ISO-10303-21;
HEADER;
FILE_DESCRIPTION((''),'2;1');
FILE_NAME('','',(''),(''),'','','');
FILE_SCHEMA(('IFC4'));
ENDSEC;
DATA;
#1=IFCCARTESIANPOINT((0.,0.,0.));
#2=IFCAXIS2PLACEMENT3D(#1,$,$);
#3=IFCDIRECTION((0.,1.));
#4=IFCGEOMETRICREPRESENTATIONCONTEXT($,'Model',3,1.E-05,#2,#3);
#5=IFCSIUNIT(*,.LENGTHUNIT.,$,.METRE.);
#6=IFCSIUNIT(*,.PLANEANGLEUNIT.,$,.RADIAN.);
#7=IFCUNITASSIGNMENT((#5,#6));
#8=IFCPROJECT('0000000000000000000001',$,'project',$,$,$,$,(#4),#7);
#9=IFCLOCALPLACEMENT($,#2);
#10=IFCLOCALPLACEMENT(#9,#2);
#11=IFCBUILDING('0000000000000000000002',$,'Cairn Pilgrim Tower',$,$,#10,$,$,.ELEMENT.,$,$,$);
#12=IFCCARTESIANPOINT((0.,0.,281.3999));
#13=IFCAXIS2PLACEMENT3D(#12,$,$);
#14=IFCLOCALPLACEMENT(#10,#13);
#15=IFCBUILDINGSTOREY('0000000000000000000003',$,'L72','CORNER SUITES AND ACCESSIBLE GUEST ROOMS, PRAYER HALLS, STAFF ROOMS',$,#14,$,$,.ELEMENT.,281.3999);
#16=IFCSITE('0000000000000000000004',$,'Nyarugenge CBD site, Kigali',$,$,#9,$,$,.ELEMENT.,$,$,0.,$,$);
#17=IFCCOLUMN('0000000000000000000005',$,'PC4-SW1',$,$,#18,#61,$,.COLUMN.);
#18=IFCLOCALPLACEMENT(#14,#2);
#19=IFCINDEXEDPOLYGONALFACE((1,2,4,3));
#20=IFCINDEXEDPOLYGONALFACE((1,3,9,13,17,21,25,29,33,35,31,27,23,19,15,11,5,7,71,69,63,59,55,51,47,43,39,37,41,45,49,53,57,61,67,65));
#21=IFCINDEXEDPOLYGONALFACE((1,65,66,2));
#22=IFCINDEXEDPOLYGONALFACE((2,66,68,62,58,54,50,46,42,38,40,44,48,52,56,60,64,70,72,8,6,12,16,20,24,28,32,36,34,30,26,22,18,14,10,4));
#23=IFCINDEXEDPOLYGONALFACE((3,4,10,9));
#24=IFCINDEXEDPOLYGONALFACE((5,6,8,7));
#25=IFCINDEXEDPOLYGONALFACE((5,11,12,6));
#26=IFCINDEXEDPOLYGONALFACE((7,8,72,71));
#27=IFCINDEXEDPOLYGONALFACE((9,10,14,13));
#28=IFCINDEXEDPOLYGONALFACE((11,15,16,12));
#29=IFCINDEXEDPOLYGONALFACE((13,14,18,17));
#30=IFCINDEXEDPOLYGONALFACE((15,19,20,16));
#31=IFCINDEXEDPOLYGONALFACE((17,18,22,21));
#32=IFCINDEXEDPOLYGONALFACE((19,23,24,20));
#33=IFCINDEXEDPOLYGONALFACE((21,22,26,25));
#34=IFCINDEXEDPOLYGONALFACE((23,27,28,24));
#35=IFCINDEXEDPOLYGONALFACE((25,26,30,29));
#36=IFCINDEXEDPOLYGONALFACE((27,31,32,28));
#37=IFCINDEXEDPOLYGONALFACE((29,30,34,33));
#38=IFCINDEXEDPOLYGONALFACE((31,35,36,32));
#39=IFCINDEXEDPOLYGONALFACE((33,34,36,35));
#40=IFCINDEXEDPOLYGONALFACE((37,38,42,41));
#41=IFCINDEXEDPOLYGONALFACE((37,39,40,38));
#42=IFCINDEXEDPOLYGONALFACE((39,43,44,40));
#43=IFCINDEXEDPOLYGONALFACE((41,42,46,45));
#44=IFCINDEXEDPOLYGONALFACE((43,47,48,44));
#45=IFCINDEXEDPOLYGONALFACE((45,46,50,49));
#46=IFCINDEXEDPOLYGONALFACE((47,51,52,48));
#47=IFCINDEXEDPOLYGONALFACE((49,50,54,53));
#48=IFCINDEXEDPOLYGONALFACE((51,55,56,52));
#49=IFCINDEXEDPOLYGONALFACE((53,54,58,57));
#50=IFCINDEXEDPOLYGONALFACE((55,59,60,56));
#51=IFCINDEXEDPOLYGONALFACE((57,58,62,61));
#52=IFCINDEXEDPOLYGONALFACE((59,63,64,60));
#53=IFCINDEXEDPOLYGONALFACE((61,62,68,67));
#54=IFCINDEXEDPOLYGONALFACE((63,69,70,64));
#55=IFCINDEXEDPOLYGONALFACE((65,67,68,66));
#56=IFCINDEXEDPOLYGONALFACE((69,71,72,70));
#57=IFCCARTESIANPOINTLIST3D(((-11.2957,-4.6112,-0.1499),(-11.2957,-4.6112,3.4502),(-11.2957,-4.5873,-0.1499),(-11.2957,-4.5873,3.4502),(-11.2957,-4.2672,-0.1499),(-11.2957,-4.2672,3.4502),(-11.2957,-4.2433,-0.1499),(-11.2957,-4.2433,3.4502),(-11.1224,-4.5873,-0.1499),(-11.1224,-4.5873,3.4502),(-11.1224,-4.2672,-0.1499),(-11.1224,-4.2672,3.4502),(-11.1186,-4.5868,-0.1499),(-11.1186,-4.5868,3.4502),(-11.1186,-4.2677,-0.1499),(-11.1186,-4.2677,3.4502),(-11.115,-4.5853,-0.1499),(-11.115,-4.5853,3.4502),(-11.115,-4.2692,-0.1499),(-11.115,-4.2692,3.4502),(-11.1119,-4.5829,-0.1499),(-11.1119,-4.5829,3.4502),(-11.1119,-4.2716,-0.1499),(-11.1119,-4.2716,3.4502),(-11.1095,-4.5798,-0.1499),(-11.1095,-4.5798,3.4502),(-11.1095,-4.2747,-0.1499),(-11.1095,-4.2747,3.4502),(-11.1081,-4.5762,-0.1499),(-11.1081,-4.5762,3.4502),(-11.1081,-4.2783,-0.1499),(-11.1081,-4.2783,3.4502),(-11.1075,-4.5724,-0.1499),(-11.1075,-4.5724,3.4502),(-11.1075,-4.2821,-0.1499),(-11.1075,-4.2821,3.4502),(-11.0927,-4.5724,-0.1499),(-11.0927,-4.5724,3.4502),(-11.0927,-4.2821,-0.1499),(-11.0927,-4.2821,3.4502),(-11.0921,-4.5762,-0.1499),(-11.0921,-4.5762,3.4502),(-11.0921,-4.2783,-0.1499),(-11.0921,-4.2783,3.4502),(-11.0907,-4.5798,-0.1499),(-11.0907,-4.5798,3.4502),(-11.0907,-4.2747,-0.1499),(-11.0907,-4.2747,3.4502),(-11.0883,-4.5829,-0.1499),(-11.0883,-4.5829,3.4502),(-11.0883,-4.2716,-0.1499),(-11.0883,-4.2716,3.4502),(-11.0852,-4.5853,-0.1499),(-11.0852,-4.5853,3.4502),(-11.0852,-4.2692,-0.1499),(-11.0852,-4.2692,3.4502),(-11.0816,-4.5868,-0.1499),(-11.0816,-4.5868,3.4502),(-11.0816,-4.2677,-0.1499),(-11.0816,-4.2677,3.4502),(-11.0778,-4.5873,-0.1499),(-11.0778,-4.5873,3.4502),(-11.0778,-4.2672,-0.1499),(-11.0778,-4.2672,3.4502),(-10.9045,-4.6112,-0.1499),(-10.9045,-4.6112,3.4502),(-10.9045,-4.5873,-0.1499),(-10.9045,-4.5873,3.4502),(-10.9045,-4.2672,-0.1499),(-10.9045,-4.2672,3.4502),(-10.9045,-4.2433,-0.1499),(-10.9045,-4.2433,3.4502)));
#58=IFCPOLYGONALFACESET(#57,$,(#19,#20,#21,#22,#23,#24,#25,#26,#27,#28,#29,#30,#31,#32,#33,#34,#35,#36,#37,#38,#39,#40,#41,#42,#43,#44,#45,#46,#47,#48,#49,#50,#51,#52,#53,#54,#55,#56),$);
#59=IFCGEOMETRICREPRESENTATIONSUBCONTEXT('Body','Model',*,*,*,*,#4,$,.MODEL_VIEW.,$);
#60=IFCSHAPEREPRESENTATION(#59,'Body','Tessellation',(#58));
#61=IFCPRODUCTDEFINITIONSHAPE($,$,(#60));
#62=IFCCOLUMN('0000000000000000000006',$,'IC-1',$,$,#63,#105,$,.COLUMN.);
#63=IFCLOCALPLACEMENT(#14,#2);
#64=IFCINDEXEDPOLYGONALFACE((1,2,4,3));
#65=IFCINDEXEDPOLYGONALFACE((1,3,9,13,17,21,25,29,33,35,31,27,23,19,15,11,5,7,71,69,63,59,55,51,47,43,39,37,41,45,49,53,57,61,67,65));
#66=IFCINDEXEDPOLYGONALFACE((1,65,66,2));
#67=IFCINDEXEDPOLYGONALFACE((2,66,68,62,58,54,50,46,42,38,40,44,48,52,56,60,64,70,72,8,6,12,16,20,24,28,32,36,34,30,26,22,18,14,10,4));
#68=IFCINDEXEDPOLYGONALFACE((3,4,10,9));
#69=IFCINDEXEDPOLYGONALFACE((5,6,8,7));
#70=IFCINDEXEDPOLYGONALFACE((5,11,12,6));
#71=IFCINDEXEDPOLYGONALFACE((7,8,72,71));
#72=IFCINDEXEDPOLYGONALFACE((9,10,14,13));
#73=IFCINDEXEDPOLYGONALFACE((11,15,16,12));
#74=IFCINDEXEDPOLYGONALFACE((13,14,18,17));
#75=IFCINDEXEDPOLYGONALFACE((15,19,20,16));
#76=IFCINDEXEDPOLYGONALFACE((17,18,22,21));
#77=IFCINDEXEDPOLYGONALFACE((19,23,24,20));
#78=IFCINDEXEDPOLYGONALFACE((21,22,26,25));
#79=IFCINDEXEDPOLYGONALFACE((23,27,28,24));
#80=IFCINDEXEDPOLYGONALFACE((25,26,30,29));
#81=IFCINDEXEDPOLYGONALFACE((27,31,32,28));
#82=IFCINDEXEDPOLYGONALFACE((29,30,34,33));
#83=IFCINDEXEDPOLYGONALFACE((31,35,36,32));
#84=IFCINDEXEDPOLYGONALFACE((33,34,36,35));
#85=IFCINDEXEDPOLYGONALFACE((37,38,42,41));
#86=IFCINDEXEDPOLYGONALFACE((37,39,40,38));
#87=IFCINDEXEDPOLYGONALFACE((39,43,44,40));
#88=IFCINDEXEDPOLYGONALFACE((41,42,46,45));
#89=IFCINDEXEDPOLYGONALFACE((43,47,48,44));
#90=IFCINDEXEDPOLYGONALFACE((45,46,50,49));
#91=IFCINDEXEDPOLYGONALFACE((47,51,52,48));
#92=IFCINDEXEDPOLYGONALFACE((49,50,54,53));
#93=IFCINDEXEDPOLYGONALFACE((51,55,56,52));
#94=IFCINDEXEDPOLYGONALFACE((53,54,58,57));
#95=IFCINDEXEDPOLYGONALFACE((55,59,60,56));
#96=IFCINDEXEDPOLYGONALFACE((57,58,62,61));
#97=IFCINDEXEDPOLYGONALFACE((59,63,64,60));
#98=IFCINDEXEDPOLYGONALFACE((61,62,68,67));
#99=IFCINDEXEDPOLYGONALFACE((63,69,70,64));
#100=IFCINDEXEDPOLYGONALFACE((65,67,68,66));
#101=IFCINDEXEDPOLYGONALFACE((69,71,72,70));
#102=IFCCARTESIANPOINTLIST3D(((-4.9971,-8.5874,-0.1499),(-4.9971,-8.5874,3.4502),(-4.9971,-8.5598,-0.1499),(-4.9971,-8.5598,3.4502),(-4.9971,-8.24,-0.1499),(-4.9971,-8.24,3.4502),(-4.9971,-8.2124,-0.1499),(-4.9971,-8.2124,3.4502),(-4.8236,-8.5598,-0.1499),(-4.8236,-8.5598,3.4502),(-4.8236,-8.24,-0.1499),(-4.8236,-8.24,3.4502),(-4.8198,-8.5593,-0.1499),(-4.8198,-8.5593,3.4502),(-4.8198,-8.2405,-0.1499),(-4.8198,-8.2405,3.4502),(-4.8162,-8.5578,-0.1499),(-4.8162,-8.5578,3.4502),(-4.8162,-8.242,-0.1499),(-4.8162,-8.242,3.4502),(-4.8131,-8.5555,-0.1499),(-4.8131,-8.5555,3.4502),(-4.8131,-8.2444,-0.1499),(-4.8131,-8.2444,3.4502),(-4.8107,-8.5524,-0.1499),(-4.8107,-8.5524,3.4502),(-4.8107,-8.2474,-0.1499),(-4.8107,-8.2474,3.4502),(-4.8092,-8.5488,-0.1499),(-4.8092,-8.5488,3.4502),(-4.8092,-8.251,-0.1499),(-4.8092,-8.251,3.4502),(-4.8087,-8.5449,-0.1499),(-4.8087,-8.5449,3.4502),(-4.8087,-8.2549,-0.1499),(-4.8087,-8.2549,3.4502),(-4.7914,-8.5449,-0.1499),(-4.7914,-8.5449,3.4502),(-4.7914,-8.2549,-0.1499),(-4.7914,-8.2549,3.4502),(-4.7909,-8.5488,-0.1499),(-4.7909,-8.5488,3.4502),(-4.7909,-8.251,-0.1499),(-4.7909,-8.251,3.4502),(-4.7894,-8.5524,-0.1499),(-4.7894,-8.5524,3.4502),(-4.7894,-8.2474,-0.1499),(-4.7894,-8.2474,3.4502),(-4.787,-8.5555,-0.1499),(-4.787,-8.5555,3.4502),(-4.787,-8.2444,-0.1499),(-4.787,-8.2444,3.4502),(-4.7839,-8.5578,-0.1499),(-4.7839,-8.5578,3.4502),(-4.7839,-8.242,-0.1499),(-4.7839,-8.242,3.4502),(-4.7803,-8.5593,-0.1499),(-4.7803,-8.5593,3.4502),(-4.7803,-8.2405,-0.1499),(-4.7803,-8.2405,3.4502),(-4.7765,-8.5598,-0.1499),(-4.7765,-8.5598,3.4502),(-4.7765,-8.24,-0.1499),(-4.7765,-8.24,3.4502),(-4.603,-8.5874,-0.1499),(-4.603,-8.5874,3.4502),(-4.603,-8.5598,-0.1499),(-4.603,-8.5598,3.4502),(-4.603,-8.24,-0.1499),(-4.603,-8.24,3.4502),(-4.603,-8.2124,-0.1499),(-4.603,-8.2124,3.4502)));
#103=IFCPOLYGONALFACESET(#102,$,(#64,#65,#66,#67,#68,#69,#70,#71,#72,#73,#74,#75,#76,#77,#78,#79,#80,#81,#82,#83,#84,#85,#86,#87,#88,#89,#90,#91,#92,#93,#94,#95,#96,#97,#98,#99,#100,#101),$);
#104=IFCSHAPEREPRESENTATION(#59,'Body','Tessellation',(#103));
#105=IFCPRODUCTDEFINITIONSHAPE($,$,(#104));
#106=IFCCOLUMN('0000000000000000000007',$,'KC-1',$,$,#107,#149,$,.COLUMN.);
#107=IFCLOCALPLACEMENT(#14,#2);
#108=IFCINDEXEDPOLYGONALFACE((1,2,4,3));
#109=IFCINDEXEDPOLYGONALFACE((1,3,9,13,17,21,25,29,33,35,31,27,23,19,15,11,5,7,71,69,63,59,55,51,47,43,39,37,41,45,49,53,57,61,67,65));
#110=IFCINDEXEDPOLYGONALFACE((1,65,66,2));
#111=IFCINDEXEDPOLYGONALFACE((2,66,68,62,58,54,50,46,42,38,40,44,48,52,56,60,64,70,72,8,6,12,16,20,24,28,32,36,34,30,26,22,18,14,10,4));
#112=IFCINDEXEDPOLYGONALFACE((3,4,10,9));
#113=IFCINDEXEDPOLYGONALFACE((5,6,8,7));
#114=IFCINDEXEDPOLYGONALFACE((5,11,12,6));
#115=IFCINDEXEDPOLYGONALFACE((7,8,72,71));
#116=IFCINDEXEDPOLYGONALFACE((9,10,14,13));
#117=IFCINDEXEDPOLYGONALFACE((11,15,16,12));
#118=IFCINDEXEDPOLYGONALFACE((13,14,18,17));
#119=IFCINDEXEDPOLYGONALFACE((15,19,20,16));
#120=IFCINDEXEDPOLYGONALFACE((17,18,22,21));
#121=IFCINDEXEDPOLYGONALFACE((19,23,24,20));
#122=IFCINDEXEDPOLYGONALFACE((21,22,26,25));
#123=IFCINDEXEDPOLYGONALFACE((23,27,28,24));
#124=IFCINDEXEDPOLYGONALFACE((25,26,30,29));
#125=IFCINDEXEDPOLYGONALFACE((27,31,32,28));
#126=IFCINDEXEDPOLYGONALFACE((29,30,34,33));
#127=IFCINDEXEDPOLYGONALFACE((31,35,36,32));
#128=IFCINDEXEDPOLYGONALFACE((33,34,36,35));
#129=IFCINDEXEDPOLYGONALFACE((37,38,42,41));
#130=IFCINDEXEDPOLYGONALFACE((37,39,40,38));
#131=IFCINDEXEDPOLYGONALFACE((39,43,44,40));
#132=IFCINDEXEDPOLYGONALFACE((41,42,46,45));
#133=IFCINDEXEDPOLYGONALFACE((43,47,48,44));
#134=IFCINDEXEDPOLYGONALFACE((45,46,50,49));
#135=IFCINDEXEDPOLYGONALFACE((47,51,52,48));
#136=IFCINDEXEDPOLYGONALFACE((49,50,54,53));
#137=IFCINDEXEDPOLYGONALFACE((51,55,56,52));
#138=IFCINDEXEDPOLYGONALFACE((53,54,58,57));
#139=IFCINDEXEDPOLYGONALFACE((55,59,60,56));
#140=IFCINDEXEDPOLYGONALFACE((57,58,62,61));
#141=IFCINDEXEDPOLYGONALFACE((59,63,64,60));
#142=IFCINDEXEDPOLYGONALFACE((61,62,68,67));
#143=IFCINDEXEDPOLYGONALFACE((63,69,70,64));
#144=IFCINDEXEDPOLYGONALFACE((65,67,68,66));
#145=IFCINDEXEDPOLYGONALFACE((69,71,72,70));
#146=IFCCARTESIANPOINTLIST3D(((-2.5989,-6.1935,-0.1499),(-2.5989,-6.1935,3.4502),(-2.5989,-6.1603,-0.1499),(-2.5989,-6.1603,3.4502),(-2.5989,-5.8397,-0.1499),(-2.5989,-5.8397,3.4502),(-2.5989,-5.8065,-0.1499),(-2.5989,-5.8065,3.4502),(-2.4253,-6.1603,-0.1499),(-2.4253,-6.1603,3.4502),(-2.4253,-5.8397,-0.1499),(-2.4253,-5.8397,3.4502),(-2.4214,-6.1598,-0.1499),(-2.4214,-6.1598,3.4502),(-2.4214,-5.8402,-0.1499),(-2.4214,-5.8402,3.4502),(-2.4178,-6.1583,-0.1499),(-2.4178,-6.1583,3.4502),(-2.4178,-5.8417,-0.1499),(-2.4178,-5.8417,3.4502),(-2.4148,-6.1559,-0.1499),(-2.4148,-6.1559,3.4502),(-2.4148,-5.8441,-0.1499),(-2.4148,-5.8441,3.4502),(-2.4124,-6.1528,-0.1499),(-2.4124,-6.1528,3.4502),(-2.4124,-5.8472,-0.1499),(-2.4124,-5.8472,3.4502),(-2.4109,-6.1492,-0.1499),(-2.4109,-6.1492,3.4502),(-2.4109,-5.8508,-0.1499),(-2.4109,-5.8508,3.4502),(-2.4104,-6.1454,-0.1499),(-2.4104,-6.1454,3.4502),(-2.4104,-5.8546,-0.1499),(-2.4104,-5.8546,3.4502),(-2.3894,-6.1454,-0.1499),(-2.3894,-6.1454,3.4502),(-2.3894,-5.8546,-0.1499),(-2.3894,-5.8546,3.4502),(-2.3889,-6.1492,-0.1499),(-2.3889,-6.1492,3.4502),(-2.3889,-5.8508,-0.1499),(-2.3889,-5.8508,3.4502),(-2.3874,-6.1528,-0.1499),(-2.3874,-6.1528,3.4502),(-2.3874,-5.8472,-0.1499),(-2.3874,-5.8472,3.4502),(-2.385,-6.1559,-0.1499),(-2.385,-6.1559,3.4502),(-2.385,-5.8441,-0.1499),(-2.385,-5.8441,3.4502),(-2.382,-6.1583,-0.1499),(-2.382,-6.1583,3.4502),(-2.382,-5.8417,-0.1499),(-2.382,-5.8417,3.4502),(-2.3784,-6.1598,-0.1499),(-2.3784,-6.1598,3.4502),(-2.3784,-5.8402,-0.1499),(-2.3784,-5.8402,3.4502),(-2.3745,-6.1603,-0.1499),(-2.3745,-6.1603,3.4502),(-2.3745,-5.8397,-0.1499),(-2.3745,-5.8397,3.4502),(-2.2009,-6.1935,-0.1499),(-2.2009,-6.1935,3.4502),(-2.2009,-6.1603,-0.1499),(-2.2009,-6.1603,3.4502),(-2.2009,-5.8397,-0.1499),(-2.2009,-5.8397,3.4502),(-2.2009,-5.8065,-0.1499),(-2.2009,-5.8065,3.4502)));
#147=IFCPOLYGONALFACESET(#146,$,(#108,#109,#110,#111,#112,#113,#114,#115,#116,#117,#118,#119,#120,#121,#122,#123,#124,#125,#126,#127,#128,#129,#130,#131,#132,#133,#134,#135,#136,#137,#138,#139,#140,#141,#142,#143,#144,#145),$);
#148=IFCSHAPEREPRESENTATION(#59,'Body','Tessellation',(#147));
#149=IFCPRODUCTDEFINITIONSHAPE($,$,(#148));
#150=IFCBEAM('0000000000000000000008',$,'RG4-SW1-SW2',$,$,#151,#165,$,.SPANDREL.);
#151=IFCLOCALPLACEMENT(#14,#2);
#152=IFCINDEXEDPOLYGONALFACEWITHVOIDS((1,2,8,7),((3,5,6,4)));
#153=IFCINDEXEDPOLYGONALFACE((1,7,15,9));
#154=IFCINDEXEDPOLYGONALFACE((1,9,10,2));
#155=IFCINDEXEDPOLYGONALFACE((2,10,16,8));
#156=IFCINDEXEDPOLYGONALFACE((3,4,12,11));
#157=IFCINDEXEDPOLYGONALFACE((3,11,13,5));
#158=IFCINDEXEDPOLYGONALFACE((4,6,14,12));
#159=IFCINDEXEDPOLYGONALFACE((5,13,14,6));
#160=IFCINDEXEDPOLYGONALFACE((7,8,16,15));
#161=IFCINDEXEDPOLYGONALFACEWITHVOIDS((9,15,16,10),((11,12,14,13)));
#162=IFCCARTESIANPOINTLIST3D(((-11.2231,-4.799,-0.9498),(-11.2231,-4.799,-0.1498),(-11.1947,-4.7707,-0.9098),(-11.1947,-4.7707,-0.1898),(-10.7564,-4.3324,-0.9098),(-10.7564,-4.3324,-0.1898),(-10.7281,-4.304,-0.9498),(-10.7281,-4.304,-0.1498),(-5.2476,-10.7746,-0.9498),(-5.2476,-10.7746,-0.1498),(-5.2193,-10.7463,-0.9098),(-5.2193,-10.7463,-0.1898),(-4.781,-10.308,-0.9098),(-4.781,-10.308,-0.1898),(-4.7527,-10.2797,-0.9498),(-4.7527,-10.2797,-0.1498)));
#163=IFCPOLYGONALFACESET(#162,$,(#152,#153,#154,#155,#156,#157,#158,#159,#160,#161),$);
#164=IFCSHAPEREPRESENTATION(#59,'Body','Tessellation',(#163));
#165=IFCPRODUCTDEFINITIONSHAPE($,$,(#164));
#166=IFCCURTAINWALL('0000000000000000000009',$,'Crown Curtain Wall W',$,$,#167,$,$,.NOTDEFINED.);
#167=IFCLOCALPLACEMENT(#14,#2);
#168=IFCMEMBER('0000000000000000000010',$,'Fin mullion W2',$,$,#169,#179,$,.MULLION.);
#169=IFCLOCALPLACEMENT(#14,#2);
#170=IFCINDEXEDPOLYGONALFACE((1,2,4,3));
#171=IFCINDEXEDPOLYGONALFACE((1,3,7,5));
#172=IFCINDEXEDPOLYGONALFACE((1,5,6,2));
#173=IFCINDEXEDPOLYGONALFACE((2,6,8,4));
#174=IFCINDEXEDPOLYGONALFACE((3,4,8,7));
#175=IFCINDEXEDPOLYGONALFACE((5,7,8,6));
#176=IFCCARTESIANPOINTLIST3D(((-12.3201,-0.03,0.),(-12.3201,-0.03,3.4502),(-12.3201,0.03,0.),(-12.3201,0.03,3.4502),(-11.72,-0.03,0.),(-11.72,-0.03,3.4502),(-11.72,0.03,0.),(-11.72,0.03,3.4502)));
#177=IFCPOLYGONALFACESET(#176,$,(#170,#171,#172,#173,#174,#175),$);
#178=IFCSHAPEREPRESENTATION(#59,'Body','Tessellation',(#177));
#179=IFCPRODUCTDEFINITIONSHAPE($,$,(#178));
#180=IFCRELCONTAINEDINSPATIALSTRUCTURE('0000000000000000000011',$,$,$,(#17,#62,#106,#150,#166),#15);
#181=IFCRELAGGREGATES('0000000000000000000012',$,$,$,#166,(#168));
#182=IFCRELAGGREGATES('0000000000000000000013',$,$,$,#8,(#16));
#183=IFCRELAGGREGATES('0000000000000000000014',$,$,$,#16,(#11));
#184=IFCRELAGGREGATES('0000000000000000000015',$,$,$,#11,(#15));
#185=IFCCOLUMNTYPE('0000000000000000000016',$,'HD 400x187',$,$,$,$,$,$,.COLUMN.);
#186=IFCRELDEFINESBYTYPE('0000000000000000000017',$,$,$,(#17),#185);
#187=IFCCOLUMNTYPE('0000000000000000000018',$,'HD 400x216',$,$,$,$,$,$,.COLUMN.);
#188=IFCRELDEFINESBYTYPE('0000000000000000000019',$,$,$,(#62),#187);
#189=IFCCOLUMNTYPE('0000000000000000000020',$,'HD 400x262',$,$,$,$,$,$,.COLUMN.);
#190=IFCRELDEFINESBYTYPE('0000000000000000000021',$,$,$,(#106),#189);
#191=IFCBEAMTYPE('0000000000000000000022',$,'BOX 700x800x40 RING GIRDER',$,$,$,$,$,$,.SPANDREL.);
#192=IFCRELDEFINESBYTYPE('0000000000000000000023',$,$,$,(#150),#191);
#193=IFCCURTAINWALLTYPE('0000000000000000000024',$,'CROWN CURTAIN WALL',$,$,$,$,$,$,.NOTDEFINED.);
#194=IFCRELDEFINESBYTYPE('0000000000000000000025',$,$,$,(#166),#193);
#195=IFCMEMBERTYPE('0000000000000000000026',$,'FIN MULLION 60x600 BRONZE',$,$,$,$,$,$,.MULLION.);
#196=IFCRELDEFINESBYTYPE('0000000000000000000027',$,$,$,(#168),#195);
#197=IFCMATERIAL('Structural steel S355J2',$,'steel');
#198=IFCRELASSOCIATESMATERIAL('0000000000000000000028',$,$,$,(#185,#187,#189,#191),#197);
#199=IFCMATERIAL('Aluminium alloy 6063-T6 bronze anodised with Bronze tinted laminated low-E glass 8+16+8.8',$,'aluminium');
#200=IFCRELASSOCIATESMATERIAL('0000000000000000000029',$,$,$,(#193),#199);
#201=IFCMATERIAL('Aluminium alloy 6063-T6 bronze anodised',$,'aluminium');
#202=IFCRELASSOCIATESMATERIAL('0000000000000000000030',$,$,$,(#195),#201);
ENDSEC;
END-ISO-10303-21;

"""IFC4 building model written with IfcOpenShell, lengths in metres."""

from ifc_helpers import new_model, si_unit, direction, frame, origin, origin_2d, place, context, subcontext, project, spatial, rectangle, hollow_rectangle, i_section, extrude, material, material_profile, profile_set, type_object, element, aggregate, save


model = new_model("IFC4")

# Units and contexts
model_context = context("Model", 3, precision=1e-05, world=origin(), true_north=direction((0.0, 1.0)))
body_context = subcontext(model_context, "Body", "Model", "MODEL_VIEW")
ifc_project = project(units=[si_unit("LENGTHUNIT", "METRE"), si_unit("PLANEANGLEUNIT", "RADIAN")], contexts=[model_context])

# Site, building, storey
site_placement = place(None, origin())
site = spatial("IfcSite", under=ifc_project, at=site_placement, Name="Nyarugenge CBD site, Kigali", CompositionType="ELEMENT", RefElevation=0.0)
building_placement = place(site_placement, origin())
building = spatial("IfcBuilding", under=site, at=building_placement, Name="Cairn Pilgrim Tower", CompositionType="ELEMENT")
storey_placement = place(building_placement, frame((0.0, 0.0, 281.3999)))
storey = spatial("IfcBuildingStorey", under=building, at=storey_placement, Name="L72", Description="CORNER SUITES AND ACCESSIBLE GUEST ROOMS, PRAYER HALLS, STAFF ROOMS", CompositionType="ELEMENT", Elevation=281.3999)

# Columns
ifc_material_1 = material(Name="Structural steel S355J2", Category="steel")
ifc_material_profile_1 = material_profile(ifc_material_1, i_section(OverallWidth=0.3911, OverallDepth=0.3679, WebThickness=0.0149, FlangeThickness=0.0239, FilletRadius=0.0149, at=origin_2d()), Name="HD 400x187")
ifc_profile_set_1 = profile_set([ifc_material_profile_1], Name="Structural steel S355J2")
column_type_1 = type_object("IfcColumnType", Name="HD 400x187", PredefinedType="COLUMN", material=ifc_profile_set_1)
column_1_placement = place(storey_placement, frame((-11.1001, -4.4272, -0.1499), z_axis=(0.0, 0.0, 1.0), x_axis=(1.0, 0.0, 0.0)))
element("IfcColumn", 1, at=column_1_placement, inside=storey, type_object=column_type_1, Name="PC4-SW1", PredefinedType="COLUMN", context=body_context, shape_type="SweptSolid", body=[
    extrude(i_section(OverallWidth=0.3911, OverallDepth=0.3679, WebThickness=0.0149, FlangeThickness=0.0239, FilletRadius=0.0149, at=origin_2d()), origin(), (0.0, 0.0, 1.0), 3.6001),
])
ifc_material_profile_2 = material_profile(ifc_material_1, i_section(OverallWidth=0.394, OverallDepth=0.375, WebThickness=0.0173, FlangeThickness=0.0276, FilletRadius=0.0149, at=origin_2d()), Name="HD 400x216")
ifc_profile_set_2 = profile_set([ifc_material_profile_2], Name="Structural steel S355J2")
column_type_2 = type_object("IfcColumnType", Name="HD 400x216", PredefinedType="COLUMN", material=ifc_profile_set_2)
column_2_placement = place(storey_placement, frame((-4.8, -8.3999, -0.1499), z_axis=(0.0, 0.0, 1.0), x_axis=(1.0, 0.0, 0.0)))
element("IfcColumn", 2, at=column_2_placement, inside=storey, type_object=column_type_2, Name="IC-1", PredefinedType="COLUMN", context=body_context, shape_type="SweptSolid", body=[
    extrude(i_section(OverallWidth=0.394, OverallDepth=0.375, WebThickness=0.0173, FlangeThickness=0.0276, FilletRadius=0.0149, at=origin_2d()), origin(), (0.0, 0.0, 1.0), 3.6001),
])
ifc_material_profile_3 = material_profile(ifc_material_1, i_section(OverallWidth=0.3979, OverallDepth=0.387, WebThickness=0.021, FlangeThickness=0.0332, FilletRadius=0.0149, at=origin_2d()), Name="HD 400x262")
ifc_profile_set_3 = profile_set([ifc_material_profile_3], Name="Structural steel S355J2")
column_type_3 = type_object("IfcColumnType", Name="HD 400x262", PredefinedType="COLUMN", material=ifc_profile_set_3)
column_3_placement = place(storey_placement, frame((-2.3999, -6.0, -0.1499), z_axis=(0.0, 0.0, 1.0), x_axis=(1.0, 0.0, 0.0)))
element("IfcColumn", 3, at=column_3_placement, inside=storey, type_object=column_type_3, Name="KC-1", PredefinedType="COLUMN", context=body_context, shape_type="SweptSolid", body=[
    extrude(i_section(OverallWidth=0.3979, OverallDepth=0.387, WebThickness=0.021, FlangeThickness=0.0332, FilletRadius=0.0149, at=origin_2d()), origin(), (0.0, 0.0, 1.0), 3.6001),
])

# Beam
ifc_material_profile_4 = material_profile(ifc_material_1, hollow_rectangle(XDim=0.7, YDim=0.8, WallThickness=0.04, at=origin_2d()), Name="BOX 700x800x40")
ifc_profile_set_4 = profile_set([ifc_material_profile_4], Name="Structural steel S355J2")
beam_type_1 = type_object("IfcBeamType", Name="BOX 700x800x40 RING GIRDER", PredefinedType="SPANDREL", material=ifc_profile_set_4)
beam_1_placement = place(storey_placement, frame((-10.9756, -4.5515, -0.5498), z_axis=(0.707092, -0.707121, 0.0), x_axis=(0.707121, 0.707092, 0.0)))
element("IfcBeam", 4, at=beam_1_placement, inside=storey, type_object=beam_type_1, Name="RG4-SW1-SW2", PredefinedType="SPANDREL", context=body_context, shape_type="SweptSolid", body=[
    extrude(hollow_rectangle(XDim=0.7, YDim=0.8, WallThickness=0.04, at=origin_2d()), origin(), (0.0, 0.0, 1.0), 8.4507),
])

# Curtain wall, member
ifc_material_2 = material(Name="Aluminium alloy 6063-T6 bronze anodised with Bronze tinted laminated low-E glass 8+16+8.8", Category="aluminium")
curtain_wall_type = type_object("IfcCurtainWallType", Name="CROWN CURTAIN WALL", PredefinedType="NOTDEFINED", material=ifc_material_2)
curtain_wall_1_placement = place(storey_placement, origin())
curtain_wall_1 = element("IfcCurtainWall", 5, at=curtain_wall_1_placement, inside=storey, type_object=curtain_wall_type, Name="Crown Curtain Wall W", PredefinedType="NOTDEFINED")
ifc_material_3 = material(Name="Aluminium alloy 6063-T6 bronze anodised", Category="aluminium")
ifc_material_profile_5 = material_profile(ifc_material_3, rectangle(XDim=0.6001, YDim=0.0601, at=origin_2d()), Name="FIN MULLION 60x600 BRONZE")
ifc_profile_set_5 = profile_set([ifc_material_profile_5], Name="Aluminium alloy 6063-T6 bronze anodised")
member_type_1 = type_object("IfcMemberType", Name="FIN MULLION 60x600 BRONZE", PredefinedType="MULLION", material=ifc_profile_set_5)
member_1_placement = place(storey_placement, frame((-12.02, 0.0, 0.0), z_axis=(0.0, 0.0, 1.0), x_axis=(-1.0, 0.0, 0.0)))
member_1 = element("IfcMember", 6, at=member_1_placement, type_object=member_type_1, Name="Fin mullion W2", PredefinedType="MULLION", context=body_context, shape_type="SweptSolid", body=[
    extrude(rectangle(XDim=0.6001, YDim=0.0601, at=origin_2d()), origin(), (0.0, 0.0, 1.0), 3.4502),
])
aggregate(curtain_wall_1, [member_1])

save(model, "model.ifc")
